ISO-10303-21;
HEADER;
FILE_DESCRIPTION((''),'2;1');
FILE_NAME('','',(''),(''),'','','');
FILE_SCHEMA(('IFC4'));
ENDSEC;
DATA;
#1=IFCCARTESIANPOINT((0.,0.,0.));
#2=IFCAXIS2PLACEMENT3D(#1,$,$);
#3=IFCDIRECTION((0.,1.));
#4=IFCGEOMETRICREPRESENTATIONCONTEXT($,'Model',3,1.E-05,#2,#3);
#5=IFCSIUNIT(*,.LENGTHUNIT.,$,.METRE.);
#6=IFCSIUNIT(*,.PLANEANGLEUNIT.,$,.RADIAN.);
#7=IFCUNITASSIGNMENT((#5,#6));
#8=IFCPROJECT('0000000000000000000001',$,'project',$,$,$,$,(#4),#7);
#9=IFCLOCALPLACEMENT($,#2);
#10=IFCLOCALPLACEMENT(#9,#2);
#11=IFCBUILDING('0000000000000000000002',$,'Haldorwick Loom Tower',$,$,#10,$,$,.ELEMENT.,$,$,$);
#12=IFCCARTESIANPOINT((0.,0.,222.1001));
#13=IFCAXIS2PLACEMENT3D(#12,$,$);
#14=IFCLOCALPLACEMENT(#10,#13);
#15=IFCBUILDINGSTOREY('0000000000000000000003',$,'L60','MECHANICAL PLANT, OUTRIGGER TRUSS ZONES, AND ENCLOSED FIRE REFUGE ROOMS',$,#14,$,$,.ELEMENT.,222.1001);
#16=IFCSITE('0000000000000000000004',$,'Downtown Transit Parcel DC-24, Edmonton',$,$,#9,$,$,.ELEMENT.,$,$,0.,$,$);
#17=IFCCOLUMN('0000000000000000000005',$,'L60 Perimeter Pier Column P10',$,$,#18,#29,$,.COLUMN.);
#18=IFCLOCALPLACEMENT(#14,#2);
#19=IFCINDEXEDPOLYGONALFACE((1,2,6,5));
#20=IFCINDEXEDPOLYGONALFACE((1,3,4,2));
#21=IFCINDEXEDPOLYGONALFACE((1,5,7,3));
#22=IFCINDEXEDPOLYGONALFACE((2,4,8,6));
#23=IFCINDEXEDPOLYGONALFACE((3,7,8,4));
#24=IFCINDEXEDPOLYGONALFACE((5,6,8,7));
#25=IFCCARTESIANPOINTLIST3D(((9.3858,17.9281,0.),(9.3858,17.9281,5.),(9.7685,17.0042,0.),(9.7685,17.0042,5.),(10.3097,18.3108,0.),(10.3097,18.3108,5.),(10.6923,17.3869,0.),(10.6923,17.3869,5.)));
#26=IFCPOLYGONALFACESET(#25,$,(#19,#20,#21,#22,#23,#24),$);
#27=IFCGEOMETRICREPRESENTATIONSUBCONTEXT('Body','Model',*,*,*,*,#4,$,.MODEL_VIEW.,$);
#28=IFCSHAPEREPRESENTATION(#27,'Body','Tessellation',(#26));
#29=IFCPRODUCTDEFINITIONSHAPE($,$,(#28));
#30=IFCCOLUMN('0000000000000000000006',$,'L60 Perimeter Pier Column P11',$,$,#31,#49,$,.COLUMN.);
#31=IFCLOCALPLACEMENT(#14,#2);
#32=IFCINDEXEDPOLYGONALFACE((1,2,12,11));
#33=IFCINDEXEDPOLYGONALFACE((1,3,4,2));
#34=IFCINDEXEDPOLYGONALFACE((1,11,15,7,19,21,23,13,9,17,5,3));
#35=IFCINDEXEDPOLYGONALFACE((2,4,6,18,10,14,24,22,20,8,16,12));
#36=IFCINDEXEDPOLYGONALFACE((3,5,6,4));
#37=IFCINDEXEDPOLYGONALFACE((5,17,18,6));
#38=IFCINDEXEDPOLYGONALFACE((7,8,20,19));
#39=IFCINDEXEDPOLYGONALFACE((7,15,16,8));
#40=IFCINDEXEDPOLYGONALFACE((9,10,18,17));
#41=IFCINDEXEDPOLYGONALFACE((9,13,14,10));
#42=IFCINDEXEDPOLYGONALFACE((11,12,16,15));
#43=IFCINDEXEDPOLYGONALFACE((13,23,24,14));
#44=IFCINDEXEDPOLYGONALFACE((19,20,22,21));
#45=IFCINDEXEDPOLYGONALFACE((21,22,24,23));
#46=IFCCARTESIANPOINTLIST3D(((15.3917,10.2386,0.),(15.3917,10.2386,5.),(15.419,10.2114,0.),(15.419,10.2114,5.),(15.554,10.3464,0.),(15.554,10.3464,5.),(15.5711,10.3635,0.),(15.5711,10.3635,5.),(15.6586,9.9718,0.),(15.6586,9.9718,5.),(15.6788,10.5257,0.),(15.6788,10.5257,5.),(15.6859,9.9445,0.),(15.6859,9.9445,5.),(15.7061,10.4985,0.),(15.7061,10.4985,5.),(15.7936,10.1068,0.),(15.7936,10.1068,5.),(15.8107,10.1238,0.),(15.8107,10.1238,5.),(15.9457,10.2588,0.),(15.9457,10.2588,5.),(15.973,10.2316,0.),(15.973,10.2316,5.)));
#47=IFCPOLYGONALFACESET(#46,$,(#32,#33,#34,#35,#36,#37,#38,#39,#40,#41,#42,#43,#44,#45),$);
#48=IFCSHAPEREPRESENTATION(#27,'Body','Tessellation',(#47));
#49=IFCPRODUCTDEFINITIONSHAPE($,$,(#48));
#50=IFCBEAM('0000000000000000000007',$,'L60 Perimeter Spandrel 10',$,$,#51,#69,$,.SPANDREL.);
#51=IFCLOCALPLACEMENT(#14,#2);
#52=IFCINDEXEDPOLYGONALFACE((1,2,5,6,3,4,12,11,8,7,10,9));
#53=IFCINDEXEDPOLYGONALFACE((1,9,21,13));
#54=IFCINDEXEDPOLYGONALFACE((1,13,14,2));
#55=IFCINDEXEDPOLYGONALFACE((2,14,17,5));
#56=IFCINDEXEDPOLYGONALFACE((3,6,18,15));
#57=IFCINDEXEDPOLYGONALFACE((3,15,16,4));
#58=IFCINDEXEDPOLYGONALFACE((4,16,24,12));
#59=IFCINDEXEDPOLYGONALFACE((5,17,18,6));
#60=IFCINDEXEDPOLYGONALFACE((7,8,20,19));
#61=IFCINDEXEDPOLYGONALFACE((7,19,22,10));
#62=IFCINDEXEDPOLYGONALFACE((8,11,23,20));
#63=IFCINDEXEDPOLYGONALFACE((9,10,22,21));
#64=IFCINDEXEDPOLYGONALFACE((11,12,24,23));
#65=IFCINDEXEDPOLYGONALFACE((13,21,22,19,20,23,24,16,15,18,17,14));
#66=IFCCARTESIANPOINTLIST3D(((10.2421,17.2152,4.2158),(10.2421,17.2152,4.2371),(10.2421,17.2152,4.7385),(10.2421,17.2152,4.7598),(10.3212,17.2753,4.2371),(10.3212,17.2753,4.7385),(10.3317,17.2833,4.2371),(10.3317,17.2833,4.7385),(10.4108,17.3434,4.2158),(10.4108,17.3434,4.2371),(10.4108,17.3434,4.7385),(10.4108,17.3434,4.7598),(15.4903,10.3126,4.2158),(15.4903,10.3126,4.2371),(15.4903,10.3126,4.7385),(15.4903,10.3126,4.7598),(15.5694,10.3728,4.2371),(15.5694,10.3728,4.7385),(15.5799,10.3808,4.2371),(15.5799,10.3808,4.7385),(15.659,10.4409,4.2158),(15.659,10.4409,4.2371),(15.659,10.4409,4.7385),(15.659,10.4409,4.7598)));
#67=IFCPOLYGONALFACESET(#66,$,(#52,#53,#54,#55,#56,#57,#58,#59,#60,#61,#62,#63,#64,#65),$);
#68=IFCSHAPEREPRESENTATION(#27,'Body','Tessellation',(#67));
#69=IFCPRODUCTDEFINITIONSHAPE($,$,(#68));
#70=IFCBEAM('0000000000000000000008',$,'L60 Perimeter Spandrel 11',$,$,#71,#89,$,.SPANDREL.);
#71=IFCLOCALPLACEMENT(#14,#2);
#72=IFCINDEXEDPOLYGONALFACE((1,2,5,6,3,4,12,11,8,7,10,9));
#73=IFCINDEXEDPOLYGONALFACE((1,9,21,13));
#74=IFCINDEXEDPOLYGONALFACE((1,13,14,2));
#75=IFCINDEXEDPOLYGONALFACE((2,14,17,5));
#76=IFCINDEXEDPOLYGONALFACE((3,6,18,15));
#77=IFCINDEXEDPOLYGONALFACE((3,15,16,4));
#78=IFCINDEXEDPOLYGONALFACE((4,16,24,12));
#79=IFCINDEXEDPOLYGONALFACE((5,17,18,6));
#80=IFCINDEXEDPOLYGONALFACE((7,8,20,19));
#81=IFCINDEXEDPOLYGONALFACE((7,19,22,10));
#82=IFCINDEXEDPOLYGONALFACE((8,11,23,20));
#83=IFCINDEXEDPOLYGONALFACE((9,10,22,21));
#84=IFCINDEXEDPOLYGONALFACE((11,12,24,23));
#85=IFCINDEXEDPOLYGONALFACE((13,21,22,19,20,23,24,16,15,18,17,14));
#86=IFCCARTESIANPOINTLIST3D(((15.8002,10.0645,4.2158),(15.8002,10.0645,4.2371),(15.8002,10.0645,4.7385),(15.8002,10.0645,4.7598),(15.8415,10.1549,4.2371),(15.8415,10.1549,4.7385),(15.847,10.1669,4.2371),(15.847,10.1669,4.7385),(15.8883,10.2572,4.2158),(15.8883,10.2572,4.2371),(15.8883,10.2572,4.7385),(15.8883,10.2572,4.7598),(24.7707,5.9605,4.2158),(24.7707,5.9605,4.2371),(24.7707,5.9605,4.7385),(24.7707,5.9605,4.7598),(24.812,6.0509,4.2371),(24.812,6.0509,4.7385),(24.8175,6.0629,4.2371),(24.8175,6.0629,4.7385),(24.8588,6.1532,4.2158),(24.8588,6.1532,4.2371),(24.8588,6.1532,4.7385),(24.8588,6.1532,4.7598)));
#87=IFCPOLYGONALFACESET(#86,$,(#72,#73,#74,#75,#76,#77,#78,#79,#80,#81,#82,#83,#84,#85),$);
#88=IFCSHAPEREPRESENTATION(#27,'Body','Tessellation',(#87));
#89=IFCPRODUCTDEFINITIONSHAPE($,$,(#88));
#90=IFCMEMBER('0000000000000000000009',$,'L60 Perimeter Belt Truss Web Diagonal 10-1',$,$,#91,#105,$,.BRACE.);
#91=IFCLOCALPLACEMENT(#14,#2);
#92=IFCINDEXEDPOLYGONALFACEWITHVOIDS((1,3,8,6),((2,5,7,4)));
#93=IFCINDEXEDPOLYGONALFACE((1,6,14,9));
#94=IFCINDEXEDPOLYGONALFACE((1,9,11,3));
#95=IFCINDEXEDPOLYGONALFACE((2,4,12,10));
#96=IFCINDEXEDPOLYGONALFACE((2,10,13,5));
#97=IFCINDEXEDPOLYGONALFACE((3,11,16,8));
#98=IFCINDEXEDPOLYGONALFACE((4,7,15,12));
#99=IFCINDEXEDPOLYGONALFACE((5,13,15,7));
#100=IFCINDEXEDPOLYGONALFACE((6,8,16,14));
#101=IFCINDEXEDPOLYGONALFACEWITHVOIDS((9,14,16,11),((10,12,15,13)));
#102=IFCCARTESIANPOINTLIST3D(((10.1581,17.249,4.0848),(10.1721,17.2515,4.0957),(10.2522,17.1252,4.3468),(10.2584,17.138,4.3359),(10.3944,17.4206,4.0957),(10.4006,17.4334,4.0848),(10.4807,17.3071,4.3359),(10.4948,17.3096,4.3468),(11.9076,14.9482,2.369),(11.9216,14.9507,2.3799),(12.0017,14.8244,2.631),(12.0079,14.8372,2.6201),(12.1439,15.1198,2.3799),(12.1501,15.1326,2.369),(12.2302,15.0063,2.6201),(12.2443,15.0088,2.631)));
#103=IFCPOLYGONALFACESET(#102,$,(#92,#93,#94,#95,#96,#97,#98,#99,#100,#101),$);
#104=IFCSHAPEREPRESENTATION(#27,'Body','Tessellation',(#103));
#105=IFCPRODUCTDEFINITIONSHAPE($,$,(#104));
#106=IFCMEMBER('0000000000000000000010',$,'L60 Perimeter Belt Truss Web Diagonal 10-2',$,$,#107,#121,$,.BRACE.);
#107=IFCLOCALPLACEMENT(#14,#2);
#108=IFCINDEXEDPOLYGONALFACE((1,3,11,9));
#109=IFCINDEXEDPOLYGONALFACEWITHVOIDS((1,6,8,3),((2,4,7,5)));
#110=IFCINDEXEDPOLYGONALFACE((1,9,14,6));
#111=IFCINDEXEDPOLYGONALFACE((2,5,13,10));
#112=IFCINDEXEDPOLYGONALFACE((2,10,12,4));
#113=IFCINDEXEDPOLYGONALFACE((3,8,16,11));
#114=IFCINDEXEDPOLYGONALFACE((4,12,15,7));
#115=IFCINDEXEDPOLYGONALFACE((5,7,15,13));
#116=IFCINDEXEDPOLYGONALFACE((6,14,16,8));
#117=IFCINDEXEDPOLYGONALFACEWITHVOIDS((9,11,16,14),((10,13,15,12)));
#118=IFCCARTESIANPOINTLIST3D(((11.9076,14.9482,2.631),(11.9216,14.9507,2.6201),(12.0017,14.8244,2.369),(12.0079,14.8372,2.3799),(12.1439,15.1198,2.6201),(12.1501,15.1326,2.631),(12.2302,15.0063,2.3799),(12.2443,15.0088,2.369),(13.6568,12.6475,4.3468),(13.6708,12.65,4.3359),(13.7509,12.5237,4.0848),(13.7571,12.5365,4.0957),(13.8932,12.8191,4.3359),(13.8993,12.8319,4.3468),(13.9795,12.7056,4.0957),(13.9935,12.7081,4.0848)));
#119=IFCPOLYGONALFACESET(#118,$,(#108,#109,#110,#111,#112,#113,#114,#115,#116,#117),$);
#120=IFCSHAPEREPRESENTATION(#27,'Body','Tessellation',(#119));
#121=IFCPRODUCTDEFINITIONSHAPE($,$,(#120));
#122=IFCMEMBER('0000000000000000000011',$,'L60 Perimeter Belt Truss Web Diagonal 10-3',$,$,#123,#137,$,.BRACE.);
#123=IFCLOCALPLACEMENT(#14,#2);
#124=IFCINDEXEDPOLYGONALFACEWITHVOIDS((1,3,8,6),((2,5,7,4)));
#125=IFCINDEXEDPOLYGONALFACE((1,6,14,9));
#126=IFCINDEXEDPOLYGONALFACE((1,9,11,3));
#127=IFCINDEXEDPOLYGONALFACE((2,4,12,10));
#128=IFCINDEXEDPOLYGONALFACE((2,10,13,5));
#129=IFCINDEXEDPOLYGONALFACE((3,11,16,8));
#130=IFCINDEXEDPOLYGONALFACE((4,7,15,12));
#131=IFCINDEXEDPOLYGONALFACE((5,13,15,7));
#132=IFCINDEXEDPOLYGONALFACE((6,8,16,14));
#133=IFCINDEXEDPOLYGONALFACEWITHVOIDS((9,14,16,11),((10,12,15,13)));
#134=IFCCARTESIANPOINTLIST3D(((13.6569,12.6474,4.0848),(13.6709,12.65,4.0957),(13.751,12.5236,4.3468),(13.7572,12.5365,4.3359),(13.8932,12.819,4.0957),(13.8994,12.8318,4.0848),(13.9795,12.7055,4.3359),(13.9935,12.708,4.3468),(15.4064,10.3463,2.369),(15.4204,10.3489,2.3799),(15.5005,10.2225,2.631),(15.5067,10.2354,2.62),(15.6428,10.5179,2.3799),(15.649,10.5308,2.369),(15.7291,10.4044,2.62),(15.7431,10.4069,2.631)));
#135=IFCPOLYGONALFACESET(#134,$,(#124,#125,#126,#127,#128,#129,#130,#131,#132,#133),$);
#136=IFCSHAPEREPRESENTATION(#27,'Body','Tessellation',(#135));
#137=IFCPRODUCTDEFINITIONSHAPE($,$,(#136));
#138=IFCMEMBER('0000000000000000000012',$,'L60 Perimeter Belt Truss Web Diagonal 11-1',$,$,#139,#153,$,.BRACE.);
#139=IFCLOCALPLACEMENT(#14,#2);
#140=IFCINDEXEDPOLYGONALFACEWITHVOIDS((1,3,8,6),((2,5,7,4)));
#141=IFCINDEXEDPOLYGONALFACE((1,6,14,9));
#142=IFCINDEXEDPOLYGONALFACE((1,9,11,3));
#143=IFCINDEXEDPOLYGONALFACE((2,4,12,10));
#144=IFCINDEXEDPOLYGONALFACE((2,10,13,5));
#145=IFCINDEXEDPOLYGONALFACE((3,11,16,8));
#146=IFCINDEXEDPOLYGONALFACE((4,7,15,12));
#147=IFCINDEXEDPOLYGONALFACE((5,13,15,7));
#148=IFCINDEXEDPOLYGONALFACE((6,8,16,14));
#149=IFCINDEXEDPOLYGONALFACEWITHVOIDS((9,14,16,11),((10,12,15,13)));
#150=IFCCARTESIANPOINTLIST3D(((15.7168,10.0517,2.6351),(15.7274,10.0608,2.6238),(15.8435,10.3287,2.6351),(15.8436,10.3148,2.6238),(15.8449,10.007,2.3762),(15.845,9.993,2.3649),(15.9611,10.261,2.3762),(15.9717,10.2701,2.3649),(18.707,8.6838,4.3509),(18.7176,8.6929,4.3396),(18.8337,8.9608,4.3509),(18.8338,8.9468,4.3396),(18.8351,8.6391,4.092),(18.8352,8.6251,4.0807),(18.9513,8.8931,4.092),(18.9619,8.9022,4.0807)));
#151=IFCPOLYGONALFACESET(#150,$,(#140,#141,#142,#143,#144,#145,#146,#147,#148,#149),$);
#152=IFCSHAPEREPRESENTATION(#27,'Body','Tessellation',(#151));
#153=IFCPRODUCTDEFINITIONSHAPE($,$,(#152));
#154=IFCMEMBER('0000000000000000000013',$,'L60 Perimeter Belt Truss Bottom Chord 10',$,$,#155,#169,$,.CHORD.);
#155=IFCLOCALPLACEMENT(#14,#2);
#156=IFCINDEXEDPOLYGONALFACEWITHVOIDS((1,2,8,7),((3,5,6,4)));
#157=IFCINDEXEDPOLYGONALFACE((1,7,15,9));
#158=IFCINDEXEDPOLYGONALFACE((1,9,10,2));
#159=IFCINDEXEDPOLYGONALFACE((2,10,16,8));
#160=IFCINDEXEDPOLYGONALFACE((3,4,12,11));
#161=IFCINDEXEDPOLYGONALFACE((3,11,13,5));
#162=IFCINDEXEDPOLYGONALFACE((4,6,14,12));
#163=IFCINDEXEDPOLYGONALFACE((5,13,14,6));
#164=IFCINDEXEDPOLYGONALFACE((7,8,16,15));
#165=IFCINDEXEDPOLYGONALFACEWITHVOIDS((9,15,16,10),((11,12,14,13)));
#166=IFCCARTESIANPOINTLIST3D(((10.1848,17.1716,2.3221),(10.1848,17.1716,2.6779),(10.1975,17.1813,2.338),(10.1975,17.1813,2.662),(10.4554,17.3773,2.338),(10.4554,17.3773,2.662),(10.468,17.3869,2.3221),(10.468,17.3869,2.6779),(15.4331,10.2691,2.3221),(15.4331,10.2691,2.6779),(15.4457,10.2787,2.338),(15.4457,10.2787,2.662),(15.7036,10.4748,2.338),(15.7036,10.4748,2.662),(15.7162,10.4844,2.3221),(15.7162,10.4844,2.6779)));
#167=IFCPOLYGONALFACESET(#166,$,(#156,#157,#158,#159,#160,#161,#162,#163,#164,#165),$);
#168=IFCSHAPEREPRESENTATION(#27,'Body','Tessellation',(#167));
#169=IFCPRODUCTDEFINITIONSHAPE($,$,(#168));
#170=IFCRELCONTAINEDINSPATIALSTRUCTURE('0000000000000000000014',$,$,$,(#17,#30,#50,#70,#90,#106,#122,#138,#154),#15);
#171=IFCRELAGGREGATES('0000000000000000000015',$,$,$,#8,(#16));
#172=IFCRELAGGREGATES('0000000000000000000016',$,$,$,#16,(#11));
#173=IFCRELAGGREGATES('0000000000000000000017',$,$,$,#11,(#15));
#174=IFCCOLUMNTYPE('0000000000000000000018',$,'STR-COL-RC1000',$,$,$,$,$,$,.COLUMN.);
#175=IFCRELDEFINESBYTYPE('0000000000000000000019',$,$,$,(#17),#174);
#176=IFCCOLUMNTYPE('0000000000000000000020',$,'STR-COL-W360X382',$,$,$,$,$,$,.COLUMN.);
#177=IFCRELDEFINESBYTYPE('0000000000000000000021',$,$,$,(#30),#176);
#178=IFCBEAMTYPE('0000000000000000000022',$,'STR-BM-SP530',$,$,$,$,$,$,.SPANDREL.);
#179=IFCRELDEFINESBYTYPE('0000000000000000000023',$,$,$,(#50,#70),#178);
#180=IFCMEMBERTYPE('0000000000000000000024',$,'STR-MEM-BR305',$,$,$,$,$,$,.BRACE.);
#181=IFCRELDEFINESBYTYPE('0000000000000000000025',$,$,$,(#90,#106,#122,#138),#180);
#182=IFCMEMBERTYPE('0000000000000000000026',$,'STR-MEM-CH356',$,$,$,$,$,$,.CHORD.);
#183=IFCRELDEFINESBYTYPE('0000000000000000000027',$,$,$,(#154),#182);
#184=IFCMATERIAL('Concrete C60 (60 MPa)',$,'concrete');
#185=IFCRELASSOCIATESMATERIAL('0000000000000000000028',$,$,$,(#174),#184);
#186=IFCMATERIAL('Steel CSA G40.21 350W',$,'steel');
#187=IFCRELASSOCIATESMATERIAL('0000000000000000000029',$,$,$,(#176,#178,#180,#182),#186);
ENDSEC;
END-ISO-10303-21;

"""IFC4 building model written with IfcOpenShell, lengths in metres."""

from ifc_helpers import new_model, si_unit, direction, frame, origin, origin_2d, place, context, subcontext, project, spatial, rectangle, hollow_rectangle, i_section, extrude, material, material_profile, profile_set, type_object, element, save


model = new_model("IFC4")

# Units and contexts
model_context = context("Model", 3, precision=1e-05, world=origin(), true_north=direction((0.0, 1.0)))
body_context = subcontext(model_context, "Body", "Model", "MODEL_VIEW")
ifc_project = project(units=[si_unit("LENGTHUNIT", "METRE"), si_unit("PLANEANGLEUNIT", "RADIAN")], contexts=[model_context])

# Site, building, storey
site_placement = place(None, origin())
site = spatial("IfcSite", under=ifc_project, at=site_placement, Name="Downtown Transit Parcel DC-24, Edmonton", CompositionType="ELEMENT", RefElevation=0.0)
building_placement = place(site_placement, origin())
building = spatial("IfcBuilding", under=site, at=building_placement, Name="Haldorwick Loom Tower", CompositionType="ELEMENT")
storey_placement = place(building_placement, frame((0.0, 0.0, 222.1001)))
storey = spatial("IfcBuildingStorey", under=building, at=storey_placement, Name="L60", Description="MECHANICAL PLANT, OUTRIGGER TRUSS ZONES, AND ENCLOSED FIRE REFUGE ROOMS", CompositionType="ELEMENT", Elevation=222.1001)

# Columns
ifc_material_1 = material(Name="Concrete C60 (60 MPa)", Category="concrete")
ifc_material_profile_1 = material_profile(ifc_material_1, rectangle(XDim=1.0, YDim=1.0, at=origin_2d()), Name="RC1000X1000", Category="concrete")
ifc_profile_set_1 = profile_set([ifc_material_profile_1], Name="Concrete C60 (60 MPa)")
column_type_1 = type_object("IfcColumnType", Name="STR-COL-RC1000", PredefinedType="COLUMN", material=ifc_profile_set_1)
column_1_placement = place(storey_placement, frame((10.0391, 17.6575, 0.0), z_axis=(0.0, 0.0, 1.0), x_axis=(-0.92388, -0.382683, 0.0)))
element("IfcColumn", 1, at=column_1_placement, inside=storey, type_object=column_type_1, Name="L60 Perimeter Pier Column P10", PredefinedType="COLUMN", context=body_context, shape_type="SweptSolid", body=[
    extrude(rectangle(XDim=1.0, YDim=1.0, at=origin_2d()), origin(), (0.0, 0.0, 1.0), 5.0),
])
ifc_material_2 = material(Name="Steel CSA G40.21 350W", Category="steel")
ifc_material_profile_2 = material_profile(ifc_material_2, i_section(OverallWidth=0.406, OverallDepth=0.416, WebThickness=0.0242, FlangeThickness=0.0386, at=origin_2d()), Name="W360X382", Category="steel")
ifc_profile_set_2 = profile_set([ifc_material_profile_2], Name="Steel CSA G40.21 350W")
column_type_2 = type_object("IfcColumnType", Name="STR-COL-W360X382", PredefinedType="COLUMN", material=ifc_profile_set_2)
column_2_placement = place(storey_placement, frame((15.6824, 10.2351, 0.0), z_axis=(0.0, 0.0, 1.0), x_axis=(-0.707107, -0.707107, 0.0)))
element("IfcColumn", 2, at=column_2_placement, inside=storey, type_object=column_type_2, Name="L60 Perimeter Pier Column P11", PredefinedType="COLUMN", context=body_context, shape_type="SweptSolid", body=[
    extrude(i_section(OverallWidth=0.406, OverallDepth=0.416, WebThickness=0.0242, FlangeThickness=0.0386, at=origin_2d()), origin(), (0.0, 0.0, 1.0), 5.0),
])

# Beams
ifc_material_profile_3 = material_profile(ifc_material_2, i_section(OverallWidth=0.2119, OverallDepth=0.5439, WebThickness=0.0132, FlangeThickness=0.0212, at=origin_2d()), Name="W530X123", Category="steel")
ifc_profile_set_3 = profile_set([ifc_material_profile_3], Name="Steel CSA G40.21 350W")
beam_type = type_object("IfcBeamType", Name="STR-BM-SP530", PredefinedType="SPANDREL", material=ifc_profile_set_3)
beam_1_placement = place(storey_placement, frame((10.3264, 17.2793, 4.4878), z_axis=(0.605253, -0.796033, 0.0), x_axis=(0.796033, 0.605253, 0.0)))
element("IfcBeam", 3, at=beam_1_placement, inside=storey, type_object=beam_type, Name="L60 Perimeter Spandrel 10", PredefinedType="SPANDREL", context=body_context, shape_type="SweptSolid", body=[
    extrude(i_section(OverallWidth=0.2119, OverallDepth=0.5439, WebThickness=0.0132, FlangeThickness=0.0212, at=origin_2d()), origin(), (0.0, 0.0, 1.0), 8.6711),
])
beam_2_placement = place(storey_placement, frame((15.8442, 10.1609, 4.4878), z_axis=(0.909351, -0.41603, 0.0), x_axis=(0.41603, 0.909351, 0.0)))
element("IfcBeam", 4, at=beam_2_placement, inside=storey, type_object=beam_type, Name="L60 Perimeter Spandrel 11", PredefinedType="SPANDREL", context=body_context, shape_type="SweptSolid", body=[
    extrude(i_section(OverallWidth=0.2119, OverallDepth=0.5439, WebThickness=0.0132, FlangeThickness=0.0212, at=origin_2d()), origin(), (0.0, 0.0, 1.0), 9.8647),
])

# Members
ifc_material_profile_4 = material_profile(ifc_material_2, hollow_rectangle(XDim=0.3047, YDim=0.3047, WallThickness=0.0127, at=origin_2d()), Name="HSS305X305X13", Category="steel")
ifc_profile_set_4 = profile_set([ifc_material_profile_4], Name="Steel CSA G40.21 350W")
member_type_1 = type_object("IfcMemberType", Name="STR-MEM-BR305", PredefinedType="BRACE", material=ifc_profile_set_4)
member_1_placement = place(storey_placement, frame((10.3264, 17.2793, 4.2158), z_axis=(0.520485, -0.684489, -0.510461), x_axis=(0.796009, 0.605285, 0.0)))
element("IfcMember", 5, at=member_1_placement, inside=storey, type_object=member_type_1, Name="L60 Perimeter Belt Truss Web Diagonal 10-1", PredefinedType="BRACE", context=body_context, shape_type="SweptSolid", body=[
    extrude(hollow_rectangle(XDim=0.3047, YDim=0.3047, WallThickness=0.0127, at=origin_2d()), origin(), (0.0, 0.0, 1.0), 3.3613),
])
member_2_placement = place(storey_placement, frame((12.0759, 14.9785, 2.5), z_axis=(0.520432, -0.684515, 0.510481), x_axis=(0.79605, 0.605231, 0.0)))
element("IfcMember", 6, at=member_2_placement, inside=storey, type_object=member_type_1, Name="L60 Perimeter Belt Truss Web Diagonal 10-2", PredefinedType="BRACE", context=body_context, shape_type="SweptSolid", body=[
    extrude(hollow_rectangle(XDim=0.3047, YDim=0.3047, WallThickness=0.0127, at=origin_2d()), origin(), (0.0, 0.0, 1.0), 3.3611),
])
member_3_placement = place(storey_placement, frame((13.8252, 12.6777, 4.2158), z_axis=(0.520459, -0.684527, -0.510436), x_axis=(0.79604, 0.605244, 0.0)))
element("IfcMember", 7, at=member_3_placement, inside=storey, type_object=member_type_1, Name="L60 Perimeter Belt Truss Web Diagonal 10-3", PredefinedType="BRACE", context=body_context, shape_type="SweptSolid", body=[
    extrude(hollow_rectangle(XDim=0.3047, YDim=0.3047, WallThickness=0.0127, at=origin_2d()), origin(), (0.0, 0.0, 1.0), 3.3616),
])
member_4_placement = place(storey_placement, frame((15.8442, 10.1609, 2.5), z_axis=(0.806208, -0.36881, 0.462609), x_axis=(0.416, 0.909365, 0.0)))
element("IfcMember", 8, at=member_4_placement, inside=storey, type_object=member_type_1, Name="L60 Perimeter Belt Truss Web Diagonal 11-1", PredefinedType="BRACE", context=body_context, shape_type="SweptSolid", body=[
    extrude(hollow_rectangle(XDim=0.3047, YDim=0.3047, WallThickness=0.0127, at=origin_2d()), origin(), (0.0, 0.0, 1.0), 3.709),
])
ifc_material_profile_5 = material_profile(ifc_material_2, hollow_rectangle(XDim=0.3557, YDim=0.3557, WallThickness=0.0159, at=origin_2d()), Name="HSS356X356X16", Category="steel")
ifc_profile_set_5 = profile_set([ifc_material_profile_5], Name="Steel CSA G40.21 350W")
member_type_2 = type_object("IfcMemberType", Name="STR-MEM-CH356", PredefinedType="CHORD", material=ifc_profile_set_5)
member_5_placement = place(storey_placement, frame((10.3264, 17.2793, 2.5), z_axis=(0.605253, -0.796033, 0.0), x_axis=(0.796033, 0.605253, 0.0)))
element("IfcMember", 9, at=member_5_placement, inside=storey, type_object=member_type_2, Name="L60 Perimeter Belt Truss Bottom Chord 10", PredefinedType="CHORD", context=body_context, shape_type="SweptSolid", body=[
    extrude(hollow_rectangle(XDim=0.3557, YDim=0.3557, WallThickness=0.0159, at=origin_2d()), origin(), (0.0, 0.0, 1.0), 8.6711),
])

save(model, "model.ifc")
